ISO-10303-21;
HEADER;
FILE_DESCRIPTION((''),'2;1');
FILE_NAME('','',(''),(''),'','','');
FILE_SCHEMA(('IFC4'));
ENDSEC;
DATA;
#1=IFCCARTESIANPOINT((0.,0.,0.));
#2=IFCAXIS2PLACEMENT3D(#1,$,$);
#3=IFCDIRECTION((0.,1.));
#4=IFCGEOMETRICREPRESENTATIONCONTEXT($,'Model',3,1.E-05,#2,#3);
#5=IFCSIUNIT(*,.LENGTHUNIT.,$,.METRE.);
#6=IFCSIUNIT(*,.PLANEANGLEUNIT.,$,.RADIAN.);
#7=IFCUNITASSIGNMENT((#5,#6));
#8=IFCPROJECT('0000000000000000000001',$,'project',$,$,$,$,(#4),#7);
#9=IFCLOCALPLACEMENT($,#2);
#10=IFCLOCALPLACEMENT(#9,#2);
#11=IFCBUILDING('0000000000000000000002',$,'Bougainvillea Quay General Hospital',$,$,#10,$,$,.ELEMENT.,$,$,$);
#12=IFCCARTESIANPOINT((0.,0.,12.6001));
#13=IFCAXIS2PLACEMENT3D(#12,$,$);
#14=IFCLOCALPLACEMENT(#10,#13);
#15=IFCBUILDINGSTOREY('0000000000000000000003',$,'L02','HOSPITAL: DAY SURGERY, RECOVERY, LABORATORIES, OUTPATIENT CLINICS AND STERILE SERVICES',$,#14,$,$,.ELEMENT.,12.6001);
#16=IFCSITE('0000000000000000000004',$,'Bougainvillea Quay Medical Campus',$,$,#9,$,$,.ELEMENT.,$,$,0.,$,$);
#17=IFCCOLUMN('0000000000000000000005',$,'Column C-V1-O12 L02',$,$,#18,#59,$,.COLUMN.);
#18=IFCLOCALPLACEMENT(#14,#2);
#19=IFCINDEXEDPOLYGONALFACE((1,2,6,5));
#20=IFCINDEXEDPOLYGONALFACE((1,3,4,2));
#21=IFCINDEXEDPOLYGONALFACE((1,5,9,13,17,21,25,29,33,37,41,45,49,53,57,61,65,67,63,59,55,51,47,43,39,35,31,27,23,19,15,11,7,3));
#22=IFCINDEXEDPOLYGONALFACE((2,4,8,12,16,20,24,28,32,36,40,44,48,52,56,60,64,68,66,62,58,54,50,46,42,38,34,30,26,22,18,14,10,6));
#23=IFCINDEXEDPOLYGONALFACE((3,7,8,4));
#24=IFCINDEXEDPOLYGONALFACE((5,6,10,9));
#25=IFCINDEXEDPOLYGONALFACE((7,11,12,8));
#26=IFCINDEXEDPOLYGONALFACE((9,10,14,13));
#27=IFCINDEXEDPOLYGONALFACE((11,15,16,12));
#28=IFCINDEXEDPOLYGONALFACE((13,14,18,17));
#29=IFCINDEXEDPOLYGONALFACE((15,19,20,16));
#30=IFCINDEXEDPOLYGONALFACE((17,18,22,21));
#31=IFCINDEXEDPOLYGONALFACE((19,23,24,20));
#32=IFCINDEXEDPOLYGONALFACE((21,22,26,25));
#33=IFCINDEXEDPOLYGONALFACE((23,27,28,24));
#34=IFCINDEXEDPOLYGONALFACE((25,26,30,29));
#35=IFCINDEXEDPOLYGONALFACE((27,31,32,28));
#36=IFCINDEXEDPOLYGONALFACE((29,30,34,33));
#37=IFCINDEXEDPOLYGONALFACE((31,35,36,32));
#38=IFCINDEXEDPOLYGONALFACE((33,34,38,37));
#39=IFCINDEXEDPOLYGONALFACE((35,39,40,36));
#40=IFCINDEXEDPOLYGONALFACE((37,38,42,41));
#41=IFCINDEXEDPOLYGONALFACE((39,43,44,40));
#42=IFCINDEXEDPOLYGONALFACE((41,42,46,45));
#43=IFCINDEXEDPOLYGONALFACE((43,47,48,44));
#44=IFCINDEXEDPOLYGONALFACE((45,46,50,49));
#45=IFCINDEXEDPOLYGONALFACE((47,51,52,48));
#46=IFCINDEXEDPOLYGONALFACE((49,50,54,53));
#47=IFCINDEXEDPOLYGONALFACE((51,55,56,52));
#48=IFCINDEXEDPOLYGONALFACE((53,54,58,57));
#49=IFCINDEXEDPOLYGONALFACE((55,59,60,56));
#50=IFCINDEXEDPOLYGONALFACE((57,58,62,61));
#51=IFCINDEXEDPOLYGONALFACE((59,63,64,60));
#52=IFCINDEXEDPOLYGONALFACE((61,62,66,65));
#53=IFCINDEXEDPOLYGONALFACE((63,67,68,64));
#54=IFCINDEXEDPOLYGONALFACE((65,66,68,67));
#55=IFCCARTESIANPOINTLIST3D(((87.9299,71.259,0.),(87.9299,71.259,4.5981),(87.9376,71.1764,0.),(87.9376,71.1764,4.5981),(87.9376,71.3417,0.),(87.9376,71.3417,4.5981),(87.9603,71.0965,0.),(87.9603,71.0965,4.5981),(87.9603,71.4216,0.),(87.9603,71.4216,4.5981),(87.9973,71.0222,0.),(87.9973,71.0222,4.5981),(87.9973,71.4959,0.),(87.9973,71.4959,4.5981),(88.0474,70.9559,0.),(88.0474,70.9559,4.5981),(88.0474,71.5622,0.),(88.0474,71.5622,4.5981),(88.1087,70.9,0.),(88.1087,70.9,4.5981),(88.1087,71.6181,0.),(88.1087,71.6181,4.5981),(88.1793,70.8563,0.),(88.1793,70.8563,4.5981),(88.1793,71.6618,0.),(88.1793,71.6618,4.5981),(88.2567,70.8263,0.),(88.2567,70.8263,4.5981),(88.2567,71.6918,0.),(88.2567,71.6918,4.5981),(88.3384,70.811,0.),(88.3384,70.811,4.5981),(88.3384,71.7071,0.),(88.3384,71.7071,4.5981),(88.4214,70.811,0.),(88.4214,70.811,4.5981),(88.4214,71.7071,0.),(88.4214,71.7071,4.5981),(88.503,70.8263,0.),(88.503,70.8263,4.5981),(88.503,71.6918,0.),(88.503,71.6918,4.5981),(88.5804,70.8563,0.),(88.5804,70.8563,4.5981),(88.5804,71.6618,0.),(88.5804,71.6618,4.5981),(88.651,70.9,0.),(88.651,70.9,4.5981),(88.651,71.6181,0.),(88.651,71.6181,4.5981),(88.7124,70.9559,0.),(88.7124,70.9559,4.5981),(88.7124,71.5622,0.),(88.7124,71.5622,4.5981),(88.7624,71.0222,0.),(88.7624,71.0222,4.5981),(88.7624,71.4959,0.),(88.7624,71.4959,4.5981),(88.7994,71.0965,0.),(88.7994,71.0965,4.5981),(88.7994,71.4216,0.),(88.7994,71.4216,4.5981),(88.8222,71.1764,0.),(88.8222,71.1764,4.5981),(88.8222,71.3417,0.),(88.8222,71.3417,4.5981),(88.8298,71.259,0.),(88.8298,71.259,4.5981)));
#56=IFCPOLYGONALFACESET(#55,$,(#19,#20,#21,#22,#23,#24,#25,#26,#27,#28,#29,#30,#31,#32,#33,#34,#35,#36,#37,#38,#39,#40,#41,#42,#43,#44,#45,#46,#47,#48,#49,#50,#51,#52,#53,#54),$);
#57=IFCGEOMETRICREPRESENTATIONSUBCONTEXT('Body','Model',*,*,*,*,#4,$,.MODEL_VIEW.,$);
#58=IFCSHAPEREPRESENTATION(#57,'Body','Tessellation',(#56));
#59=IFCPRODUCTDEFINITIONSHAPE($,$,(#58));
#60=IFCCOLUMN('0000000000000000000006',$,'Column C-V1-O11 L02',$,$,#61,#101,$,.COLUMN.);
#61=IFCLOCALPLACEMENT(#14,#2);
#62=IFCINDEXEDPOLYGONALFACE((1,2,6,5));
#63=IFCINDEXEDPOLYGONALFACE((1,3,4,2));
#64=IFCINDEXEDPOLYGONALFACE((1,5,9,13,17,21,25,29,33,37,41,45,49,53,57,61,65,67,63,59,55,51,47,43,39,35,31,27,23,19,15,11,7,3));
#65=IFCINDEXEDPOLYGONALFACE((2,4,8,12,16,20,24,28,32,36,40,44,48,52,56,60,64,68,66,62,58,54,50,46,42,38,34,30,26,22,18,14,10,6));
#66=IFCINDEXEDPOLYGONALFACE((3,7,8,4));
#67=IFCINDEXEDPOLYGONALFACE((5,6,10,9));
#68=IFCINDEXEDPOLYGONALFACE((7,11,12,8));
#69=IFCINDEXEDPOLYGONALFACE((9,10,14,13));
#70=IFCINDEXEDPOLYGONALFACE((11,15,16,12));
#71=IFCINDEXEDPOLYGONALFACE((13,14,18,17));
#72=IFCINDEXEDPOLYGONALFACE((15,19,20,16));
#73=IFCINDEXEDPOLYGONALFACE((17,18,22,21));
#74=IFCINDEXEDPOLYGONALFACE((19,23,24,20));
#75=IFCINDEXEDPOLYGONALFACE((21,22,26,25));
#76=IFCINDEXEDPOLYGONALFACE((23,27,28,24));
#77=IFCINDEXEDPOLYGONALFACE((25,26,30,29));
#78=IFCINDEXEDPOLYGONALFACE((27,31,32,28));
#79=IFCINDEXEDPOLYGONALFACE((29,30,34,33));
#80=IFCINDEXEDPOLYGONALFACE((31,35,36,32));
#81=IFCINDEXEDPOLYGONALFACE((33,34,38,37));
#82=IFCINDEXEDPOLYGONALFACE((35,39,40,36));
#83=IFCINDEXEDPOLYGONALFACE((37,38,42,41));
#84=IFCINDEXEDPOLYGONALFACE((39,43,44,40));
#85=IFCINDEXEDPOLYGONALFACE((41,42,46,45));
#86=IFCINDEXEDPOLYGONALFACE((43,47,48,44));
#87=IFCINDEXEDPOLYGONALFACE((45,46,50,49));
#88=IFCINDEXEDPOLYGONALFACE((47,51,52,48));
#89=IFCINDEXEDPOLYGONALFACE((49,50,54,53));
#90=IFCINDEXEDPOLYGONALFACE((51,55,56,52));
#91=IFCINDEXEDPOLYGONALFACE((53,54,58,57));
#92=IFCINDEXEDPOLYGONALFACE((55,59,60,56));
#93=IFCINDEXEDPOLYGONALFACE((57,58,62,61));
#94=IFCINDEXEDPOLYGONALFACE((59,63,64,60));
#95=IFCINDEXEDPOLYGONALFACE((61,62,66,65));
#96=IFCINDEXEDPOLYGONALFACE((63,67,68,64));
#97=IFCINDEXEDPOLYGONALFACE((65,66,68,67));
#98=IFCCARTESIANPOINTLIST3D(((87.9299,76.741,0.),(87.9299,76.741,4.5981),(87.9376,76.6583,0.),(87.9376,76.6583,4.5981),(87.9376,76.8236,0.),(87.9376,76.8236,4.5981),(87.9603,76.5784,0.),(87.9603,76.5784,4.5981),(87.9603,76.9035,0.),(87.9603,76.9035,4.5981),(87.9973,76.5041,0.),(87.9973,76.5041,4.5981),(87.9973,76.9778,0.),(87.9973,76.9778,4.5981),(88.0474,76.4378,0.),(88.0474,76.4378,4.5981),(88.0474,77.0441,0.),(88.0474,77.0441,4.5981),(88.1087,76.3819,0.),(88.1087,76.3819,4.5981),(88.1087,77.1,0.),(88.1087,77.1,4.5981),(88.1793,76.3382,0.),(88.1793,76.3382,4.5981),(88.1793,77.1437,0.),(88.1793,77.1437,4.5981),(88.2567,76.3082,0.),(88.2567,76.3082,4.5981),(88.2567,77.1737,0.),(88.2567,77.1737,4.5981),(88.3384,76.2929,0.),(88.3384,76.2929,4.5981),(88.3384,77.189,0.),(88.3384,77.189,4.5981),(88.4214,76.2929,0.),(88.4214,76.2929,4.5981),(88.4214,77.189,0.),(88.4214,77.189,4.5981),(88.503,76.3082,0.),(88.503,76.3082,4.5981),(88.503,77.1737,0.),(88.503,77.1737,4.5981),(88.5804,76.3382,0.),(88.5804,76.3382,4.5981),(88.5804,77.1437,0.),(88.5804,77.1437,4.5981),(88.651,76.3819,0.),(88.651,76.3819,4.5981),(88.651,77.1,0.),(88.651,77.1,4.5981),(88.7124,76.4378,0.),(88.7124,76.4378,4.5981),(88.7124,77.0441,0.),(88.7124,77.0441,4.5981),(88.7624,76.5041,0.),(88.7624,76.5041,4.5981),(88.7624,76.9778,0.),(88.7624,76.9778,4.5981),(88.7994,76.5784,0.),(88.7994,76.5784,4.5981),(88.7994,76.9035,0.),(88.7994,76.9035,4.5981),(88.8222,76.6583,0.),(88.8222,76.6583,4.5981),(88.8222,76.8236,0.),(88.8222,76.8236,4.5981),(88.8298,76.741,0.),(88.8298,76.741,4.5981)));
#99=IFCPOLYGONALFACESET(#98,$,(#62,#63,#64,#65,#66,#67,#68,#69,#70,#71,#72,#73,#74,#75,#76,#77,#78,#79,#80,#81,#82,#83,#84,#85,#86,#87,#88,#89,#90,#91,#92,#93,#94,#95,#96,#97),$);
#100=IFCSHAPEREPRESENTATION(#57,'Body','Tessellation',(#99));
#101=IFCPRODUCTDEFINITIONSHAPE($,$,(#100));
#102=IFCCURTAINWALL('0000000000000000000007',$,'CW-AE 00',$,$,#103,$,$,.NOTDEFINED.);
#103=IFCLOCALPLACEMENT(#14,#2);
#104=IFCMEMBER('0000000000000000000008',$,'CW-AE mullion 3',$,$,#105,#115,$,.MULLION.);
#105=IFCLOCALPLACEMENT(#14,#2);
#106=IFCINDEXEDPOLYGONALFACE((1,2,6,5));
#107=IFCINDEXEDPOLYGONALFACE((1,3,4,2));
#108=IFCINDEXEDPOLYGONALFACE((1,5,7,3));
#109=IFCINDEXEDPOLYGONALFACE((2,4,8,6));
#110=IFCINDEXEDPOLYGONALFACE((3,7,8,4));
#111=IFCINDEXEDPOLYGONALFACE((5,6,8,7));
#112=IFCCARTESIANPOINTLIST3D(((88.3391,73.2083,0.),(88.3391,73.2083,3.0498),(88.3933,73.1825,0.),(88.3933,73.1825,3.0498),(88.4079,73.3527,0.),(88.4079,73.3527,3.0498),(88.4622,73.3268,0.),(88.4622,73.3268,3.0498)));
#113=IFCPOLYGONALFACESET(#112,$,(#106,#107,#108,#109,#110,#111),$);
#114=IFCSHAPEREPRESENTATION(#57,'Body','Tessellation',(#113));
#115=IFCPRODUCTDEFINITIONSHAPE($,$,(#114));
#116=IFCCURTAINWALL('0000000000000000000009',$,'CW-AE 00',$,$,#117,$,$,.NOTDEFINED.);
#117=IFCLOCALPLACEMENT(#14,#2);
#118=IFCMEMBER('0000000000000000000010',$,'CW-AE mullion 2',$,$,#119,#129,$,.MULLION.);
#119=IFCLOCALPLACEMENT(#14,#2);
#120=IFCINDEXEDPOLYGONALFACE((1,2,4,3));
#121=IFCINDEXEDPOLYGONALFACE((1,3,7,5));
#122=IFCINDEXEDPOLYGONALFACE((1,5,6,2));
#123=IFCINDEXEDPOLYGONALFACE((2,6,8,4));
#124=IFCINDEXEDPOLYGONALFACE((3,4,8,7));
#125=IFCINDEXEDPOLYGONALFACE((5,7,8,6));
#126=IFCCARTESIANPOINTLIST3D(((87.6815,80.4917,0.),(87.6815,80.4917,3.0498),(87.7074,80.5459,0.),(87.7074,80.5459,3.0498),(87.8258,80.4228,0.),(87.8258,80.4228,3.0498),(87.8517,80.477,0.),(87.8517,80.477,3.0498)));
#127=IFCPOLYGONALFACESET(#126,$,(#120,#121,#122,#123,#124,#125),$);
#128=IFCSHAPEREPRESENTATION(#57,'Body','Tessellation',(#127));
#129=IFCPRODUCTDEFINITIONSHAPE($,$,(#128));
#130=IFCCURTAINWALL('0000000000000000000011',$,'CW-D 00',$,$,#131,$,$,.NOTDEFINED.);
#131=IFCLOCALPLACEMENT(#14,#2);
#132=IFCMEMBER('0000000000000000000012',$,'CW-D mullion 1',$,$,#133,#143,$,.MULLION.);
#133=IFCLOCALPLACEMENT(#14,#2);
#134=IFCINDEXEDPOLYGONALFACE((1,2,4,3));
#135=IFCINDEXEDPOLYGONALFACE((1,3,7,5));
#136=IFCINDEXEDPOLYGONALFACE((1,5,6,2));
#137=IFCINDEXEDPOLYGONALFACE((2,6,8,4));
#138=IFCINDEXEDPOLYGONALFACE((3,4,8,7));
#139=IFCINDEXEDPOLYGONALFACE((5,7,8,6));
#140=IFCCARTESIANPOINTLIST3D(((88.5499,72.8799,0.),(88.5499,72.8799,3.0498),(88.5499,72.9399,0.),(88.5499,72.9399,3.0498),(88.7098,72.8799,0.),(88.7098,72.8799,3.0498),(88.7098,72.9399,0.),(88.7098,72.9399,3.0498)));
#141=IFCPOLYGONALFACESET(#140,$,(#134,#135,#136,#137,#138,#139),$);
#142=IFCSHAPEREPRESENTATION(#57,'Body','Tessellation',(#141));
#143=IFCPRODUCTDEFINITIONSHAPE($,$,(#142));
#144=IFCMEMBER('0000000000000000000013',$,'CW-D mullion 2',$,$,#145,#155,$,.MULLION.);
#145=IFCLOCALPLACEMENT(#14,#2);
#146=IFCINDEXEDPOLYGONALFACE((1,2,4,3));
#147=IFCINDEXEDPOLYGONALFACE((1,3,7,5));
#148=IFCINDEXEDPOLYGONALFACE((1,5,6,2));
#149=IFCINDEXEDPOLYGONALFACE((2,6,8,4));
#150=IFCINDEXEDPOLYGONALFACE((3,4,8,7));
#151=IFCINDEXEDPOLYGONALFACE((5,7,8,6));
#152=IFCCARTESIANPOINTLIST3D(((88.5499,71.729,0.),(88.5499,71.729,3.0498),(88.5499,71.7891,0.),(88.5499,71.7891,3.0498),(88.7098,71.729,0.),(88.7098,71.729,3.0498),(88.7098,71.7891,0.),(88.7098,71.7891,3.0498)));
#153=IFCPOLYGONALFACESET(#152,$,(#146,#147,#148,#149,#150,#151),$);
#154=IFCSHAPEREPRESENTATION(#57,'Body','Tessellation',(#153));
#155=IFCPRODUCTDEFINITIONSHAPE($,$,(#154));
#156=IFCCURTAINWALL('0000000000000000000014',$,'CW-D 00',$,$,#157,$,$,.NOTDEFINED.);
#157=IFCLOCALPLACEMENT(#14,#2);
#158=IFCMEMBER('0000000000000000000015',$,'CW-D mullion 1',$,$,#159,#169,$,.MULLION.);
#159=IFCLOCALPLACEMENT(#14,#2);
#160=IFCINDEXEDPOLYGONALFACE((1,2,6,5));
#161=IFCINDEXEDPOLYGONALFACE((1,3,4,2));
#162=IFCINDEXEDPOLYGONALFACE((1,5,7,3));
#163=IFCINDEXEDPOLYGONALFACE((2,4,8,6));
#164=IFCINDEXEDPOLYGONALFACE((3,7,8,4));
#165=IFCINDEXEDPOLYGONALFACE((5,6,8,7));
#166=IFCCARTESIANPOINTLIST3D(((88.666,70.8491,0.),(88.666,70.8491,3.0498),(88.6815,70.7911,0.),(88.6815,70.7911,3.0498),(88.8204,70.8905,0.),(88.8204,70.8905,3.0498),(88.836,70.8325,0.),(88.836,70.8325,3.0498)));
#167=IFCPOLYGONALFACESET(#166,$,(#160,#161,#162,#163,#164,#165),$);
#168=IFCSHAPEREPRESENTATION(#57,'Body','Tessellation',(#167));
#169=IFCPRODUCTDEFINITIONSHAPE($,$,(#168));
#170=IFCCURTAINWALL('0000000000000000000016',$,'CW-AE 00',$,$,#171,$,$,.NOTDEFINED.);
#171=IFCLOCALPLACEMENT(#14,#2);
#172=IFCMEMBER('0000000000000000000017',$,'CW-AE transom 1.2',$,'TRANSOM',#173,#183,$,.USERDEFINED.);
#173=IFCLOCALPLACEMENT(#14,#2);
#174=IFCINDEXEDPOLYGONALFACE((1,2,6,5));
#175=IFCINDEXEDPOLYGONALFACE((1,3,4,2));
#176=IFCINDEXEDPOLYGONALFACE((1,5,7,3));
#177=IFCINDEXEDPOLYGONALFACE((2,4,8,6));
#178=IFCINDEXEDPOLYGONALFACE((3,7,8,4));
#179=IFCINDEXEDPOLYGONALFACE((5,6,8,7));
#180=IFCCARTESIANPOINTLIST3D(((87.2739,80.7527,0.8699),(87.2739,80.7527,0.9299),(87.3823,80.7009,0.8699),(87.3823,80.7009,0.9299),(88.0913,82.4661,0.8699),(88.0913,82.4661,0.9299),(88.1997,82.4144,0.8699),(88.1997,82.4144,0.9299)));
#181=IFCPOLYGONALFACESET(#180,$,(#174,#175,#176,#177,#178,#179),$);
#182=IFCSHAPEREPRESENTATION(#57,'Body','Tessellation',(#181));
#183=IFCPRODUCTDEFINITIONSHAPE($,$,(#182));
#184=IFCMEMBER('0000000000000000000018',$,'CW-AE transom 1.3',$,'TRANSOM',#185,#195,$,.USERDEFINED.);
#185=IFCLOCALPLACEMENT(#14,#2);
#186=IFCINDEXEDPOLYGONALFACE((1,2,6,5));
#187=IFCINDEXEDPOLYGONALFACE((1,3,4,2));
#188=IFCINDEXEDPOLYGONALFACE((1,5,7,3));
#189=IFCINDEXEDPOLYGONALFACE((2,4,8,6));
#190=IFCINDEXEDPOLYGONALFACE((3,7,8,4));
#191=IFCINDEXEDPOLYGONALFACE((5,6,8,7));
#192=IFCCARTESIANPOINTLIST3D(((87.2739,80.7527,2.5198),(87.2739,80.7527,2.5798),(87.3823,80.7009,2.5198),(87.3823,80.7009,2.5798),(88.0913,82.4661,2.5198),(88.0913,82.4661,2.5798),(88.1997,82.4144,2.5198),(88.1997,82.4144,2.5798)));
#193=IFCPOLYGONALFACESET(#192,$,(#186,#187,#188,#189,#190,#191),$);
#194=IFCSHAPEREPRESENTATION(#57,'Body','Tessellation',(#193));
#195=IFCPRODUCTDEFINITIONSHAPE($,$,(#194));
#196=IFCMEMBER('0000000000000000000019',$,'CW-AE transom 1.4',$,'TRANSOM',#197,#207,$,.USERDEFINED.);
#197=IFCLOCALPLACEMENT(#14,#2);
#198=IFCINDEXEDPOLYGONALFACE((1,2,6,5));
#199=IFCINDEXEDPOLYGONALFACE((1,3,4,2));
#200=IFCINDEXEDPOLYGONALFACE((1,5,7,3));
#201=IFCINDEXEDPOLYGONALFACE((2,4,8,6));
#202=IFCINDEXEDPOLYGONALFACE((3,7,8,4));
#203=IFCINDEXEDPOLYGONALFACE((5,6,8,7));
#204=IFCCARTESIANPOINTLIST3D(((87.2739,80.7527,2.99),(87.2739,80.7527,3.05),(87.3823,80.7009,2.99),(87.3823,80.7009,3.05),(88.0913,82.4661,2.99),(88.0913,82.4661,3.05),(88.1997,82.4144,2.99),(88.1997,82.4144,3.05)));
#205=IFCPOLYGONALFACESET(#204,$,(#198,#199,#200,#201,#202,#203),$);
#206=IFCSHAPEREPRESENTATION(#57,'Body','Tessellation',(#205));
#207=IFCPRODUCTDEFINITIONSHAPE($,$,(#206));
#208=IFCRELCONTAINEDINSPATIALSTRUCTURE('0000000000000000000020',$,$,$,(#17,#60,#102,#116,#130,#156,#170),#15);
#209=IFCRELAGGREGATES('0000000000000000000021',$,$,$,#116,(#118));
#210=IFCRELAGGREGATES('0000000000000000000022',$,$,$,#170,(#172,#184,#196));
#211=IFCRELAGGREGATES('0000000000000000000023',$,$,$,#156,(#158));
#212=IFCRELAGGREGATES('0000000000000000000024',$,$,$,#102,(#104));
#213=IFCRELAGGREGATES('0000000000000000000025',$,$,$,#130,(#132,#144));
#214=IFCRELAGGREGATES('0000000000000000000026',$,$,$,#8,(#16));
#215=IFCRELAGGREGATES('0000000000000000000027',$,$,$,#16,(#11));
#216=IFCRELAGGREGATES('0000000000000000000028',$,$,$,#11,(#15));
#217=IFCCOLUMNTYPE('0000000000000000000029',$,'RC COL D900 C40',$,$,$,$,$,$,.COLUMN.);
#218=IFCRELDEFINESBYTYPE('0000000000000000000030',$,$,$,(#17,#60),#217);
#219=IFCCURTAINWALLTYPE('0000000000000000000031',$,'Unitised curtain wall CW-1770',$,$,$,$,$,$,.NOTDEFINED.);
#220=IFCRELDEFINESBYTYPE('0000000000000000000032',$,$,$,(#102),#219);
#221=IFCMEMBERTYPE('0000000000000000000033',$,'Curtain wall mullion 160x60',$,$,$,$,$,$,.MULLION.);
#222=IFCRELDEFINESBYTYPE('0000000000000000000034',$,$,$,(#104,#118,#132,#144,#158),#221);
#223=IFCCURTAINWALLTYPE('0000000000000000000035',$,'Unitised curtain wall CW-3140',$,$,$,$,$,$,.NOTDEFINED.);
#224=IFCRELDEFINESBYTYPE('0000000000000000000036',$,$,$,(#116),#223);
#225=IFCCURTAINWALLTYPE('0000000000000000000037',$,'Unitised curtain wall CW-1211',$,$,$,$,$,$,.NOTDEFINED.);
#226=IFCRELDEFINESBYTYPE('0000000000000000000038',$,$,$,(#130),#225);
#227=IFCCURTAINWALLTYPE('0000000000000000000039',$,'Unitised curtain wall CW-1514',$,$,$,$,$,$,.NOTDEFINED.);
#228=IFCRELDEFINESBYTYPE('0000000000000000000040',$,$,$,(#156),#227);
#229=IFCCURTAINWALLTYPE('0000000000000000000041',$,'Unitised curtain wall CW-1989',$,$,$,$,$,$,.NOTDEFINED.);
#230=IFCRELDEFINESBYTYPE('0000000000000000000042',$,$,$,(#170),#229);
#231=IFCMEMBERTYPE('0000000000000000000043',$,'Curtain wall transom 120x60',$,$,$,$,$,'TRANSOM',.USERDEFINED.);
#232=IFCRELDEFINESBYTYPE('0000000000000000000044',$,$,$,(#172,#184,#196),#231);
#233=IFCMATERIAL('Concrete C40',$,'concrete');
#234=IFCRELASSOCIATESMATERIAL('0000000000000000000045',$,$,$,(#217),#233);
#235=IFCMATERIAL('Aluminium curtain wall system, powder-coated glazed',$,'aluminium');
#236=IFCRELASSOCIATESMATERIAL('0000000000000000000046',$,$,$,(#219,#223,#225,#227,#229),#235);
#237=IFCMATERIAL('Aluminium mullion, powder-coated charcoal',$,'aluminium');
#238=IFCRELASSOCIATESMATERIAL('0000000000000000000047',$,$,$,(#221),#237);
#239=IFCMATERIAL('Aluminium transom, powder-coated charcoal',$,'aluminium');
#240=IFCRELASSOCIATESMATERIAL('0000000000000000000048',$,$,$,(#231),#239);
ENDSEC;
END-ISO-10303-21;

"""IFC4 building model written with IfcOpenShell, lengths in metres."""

from ifc_helpers import new_model, si_unit, direction, frame, origin, origin_2d, place, context, subcontext, project, spatial, rectangle, circle, extrude, material, material_profile, profile_set, type_object, element, aggregate, save


model = new_model("IFC4")

# Units and contexts
model_context = context("Model", 3, precision=1e-05, world=origin(), true_north=direction((0.0, 1.0)))
body_context = subcontext(model_context, "Body", "Model", "MODEL_VIEW")
ifc_project = project(units=[si_unit("LENGTHUNIT", "METRE"), si_unit("PLANEANGLEUNIT", "RADIAN")], contexts=[model_context])

# Site, building, storey
site_placement = place(None, origin())
site = spatial("IfcSite", under=ifc_project, at=site_placement, Name="Bougainvillea Quay Medical Campus", CompositionType="ELEMENT", RefElevation=0.0)
building_placement = place(site_placement, origin())
building = spatial("IfcBuilding", under=site, at=building_placement, Name="Bougainvillea Quay General Hospital", CompositionType="ELEMENT")
storey_placement = place(building_placement, frame((0.0, 0.0, 12.6001)))
storey = spatial("IfcBuildingStorey", under=building, at=storey_placement, Name="L02", Description="HOSPITAL: DAY SURGERY, RECOVERY, LABORATORIES, OUTPATIENT CLINICS AND STERILE SERVICES", CompositionType="ELEMENT", Elevation=12.6001)

# Columns
ifc_material_1 = material(Name="Concrete C40", Category="concrete")
ifc_material_profile_1 = material_profile(ifc_material_1, circle(Radius=0.45, at=origin_2d()))
ifc_profile_set_1 = profile_set([ifc_material_profile_1], Name="Concrete C40")
column_type = type_object("IfcColumnType", Name="RC COL D900 C40", PredefinedType="COLUMN", material=ifc_profile_set_1)
for number, where, z_axis, x_axis, name in (
    (1, (88.3799, 71.259, 0.0), (0.0, 0.0, 1.0), (1.0, 0.0, 0.0), "Column C-V1-O12 L02"),
    (2, (88.3799, 76.741, 0.0), (0.0, 0.0, 1.0), (1.0, 0.0, 0.0), "Column C-V1-O11 L02"),
):
    element("IfcColumn", number, at=place(storey_placement, frame(where, z_axis=z_axis, x_axis=x_axis)), inside=storey, type_object=column_type, Name=name, PredefinedType="COLUMN", context=body_context, shape_type="SweptSolid", body=[
        extrude(circle(Radius=0.45, at=origin_2d()), origin(), (0.0, 0.0, 1.0), 4.5981),
    ])

# Curtain walls, members
ifc_material_2 = material(Name="Aluminium curtain wall system, powder-coated glazed", Category="aluminium")
curtain_wall_type_1 = type_object("IfcCurtainWallType", Name="Unitised curtain wall CW-1770", PredefinedType="NOTDEFINED", material=ifc_material_2)
curtain_wall_1_placement = place(storey_placement, origin())
curtain_wall_1 = element("IfcCurtainWall", 3, at=curtain_wall_1_placement, inside=storey, type_object=curtain_wall_type_1, Name="CW-AE 00", PredefinedType="NOTDEFINED")
ifc_material_3 = material(Name="Aluminium mullion, powder-coated charcoal", Category="aluminium")
ifc_material_profile_2 = material_profile(ifc_material_3, rectangle(XDim=0.1599, YDim=0.0601, at=origin_2d()))
ifc_profile_set_2 = profile_set([ifc_material_profile_2], Name="Aluminium mullion, powder-coated charcoal")
member_type_1 = type_object("IfcMemberType", Name="Curtain wall mullion 160x60", PredefinedType="MULLION", material=ifc_profile_set_2)
member_1_placement = place(storey_placement, frame((88.4006, 73.2676, 0.0), z_axis=(0.0, 0.0, 1.0), x_axis=(0.430463, 0.902608, 0.0)))
member_1 = element("IfcMember", 4, at=member_1_placement, type_object=member_type_1, Name="CW-AE mullion 3", PredefinedType="MULLION", context=body_context, shape_type="SweptSolid", body=[
    extrude(rectangle(XDim=0.1599, YDim=0.0601, at=origin_2d()), origin(), (0.0, 0.0, 1.0), 3.0498),
])
curtain_wall_type_2 = type_object("IfcCurtainWallType", Name="Unitised curtain wall CW-3140", PredefinedType="NOTDEFINED", material=ifc_material_2)
curtain_wall_2_placement = place(storey_placement, origin())
curtain_wall_2 = element("IfcCurtainWall", 5, at=curtain_wall_2_placement, inside=storey, type_object=curtain_wall_type_2, Name="CW-AE 00", PredefinedType="NOTDEFINED")
member_2_placement = place(storey_placement, frame((87.7666, 80.4844, 0.0), z_axis=(0.0, 0.0, 1.0), x_axis=(0.902495, -0.4307, 0.0)))
member_2 = element("IfcMember", 6, at=member_2_placement, type_object=member_type_1, Name="CW-AE mullion 2", PredefinedType="MULLION", context=body_context, shape_type="SweptSolid", body=[
    extrude(rectangle(XDim=0.1599, YDim=0.0601, at=origin_2d()), origin(), (0.0, 0.0, 1.0), 3.0498),
])
aggregate(curtain_wall_2, [member_2])

# Curtain wall, members
curtain_wall_type_3 = type_object("IfcCurtainWallType", Name="Unitised curtain wall CW-1211", PredefinedType="NOTDEFINED", material=ifc_material_2)
curtain_wall_3_placement = place(storey_placement, origin())
curtain_wall_3 = element("IfcCurtainWall", 7, at=curtain_wall_3_placement, inside=storey, type_object=curtain_wall_type_3, Name="CW-D 00", PredefinedType="NOTDEFINED")
member_3_placement = place(storey_placement, frame((88.6299, 72.9099, 0.0), z_axis=(0.0, 0.0, 1.0), x_axis=(1.0, 0.0, 0.0)))
member_3 = element("IfcMember", 8, at=member_3_placement, type_object=member_type_1, Name="CW-D mullion 1", PredefinedType="MULLION", context=body_context, shape_type="SweptSolid", body=[
    extrude(rectangle(XDim=0.1599, YDim=0.0601, at=origin_2d()), origin(), (0.0, 0.0, 1.0), 3.0498),
])
member_4_placement = place(storey_placement, frame((88.6299, 71.759, 0.0), z_axis=(0.0, 0.0, 1.0), x_axis=(1.0, 0.0, 0.0)))
member_4 = element("IfcMember", 9, at=member_4_placement, type_object=member_type_1, Name="CW-D mullion 2", PredefinedType="MULLION", context=body_context, shape_type="SweptSolid", body=[
    extrude(rectangle(XDim=0.1599, YDim=0.0601, at=origin_2d()), origin(), (0.0, 0.0, 1.0), 3.0498),
])

# Curtain wall, member
curtain_wall_type_4 = type_object("IfcCurtainWallType", Name="Unitised curtain wall CW-1514", PredefinedType="NOTDEFINED", material=ifc_material_2)
curtain_wall_4_placement = place(storey_placement, origin())
curtain_wall_4 = element("IfcCurtainWall", 10, at=curtain_wall_4_placement, inside=storey, type_object=curtain_wall_type_4, Name="CW-D 00", PredefinedType="NOTDEFINED")
member_5_placement = place(storey_placement, frame((88.751, 70.8408, 0.0), z_axis=(0.0, 0.0, 1.0), x_axis=(0.965916, 0.258855, 0.0)))
member_5 = element("IfcMember", 11, at=member_5_placement, type_object=member_type_1, Name="CW-D mullion 1", PredefinedType="MULLION", context=body_context, shape_type="SweptSolid", body=[
    extrude(rectangle(XDim=0.1599, YDim=0.0601, at=origin_2d()), origin(), (0.0, 0.0, 1.0), 3.0498),
])

# Curtain wall, members
curtain_wall_type_5 = type_object("IfcCurtainWallType", Name="Unitised curtain wall CW-1989", PredefinedType="NOTDEFINED", material=ifc_material_2)
curtain_wall_5_placement = place(storey_placement, origin())
curtain_wall_5 = element("IfcCurtainWall", 12, at=curtain_wall_5_placement, inside=storey, type_object=curtain_wall_type_5, Name="CW-AE 00", PredefinedType="NOTDEFINED")
ifc_material_4 = material(Name="Aluminium transom, powder-coated charcoal", Category="aluminium")
ifc_material_profile_3 = material_profile(ifc_material_4, rectangle(XDim=0.1201, YDim=0.0601, at=origin_2d()))
ifc_profile_set_3 = profile_set([ifc_material_profile_3], Name="Aluminium transom, powder-coated charcoal")
member_type_2 = type_object("IfcMemberType", Name="Curtain wall transom 120x60", ElementType="TRANSOM", PredefinedType="USERDEFINED", material=ifc_profile_set_3)
member_6_placement = place(storey_placement, frame((87.3281, 80.7268, 0.8999), z_axis=(0.430572, 0.902556, 0.0), x_axis=(-0.902556, 0.430572, 0.0)))
member_6 = element("IfcMember", 13, at=member_6_placement, type_object=member_type_2, Name="CW-AE transom 1.2", ObjectType="TRANSOM", PredefinedType="USERDEFINED", context=body_context, shape_type="SweptSolid", body=[
    extrude(rectangle(XDim=0.1201, YDim=0.0601, at=origin_2d()), origin(), (0.0, 0.0, 1.0), 1.8984),
])
member_7_placement = place(storey_placement, frame((87.3281, 80.7268, 2.5498), z_axis=(0.430572, 0.902556, 0.0), x_axis=(-0.902556, 0.430572, 0.0)))
member_7 = element("IfcMember", 14, at=member_7_placement, type_object=member_type_2, Name="CW-AE transom 1.3", ObjectType="TRANSOM", PredefinedType="USERDEFINED", context=body_context, shape_type="SweptSolid", body=[
    extrude(rectangle(XDim=0.1201, YDim=0.0601, at=origin_2d()), origin(), (0.0, 0.0, 1.0), 1.8984),
])
member_8_placement = place(storey_placement, frame((87.3281, 80.7268, 3.02), z_axis=(0.430572, 0.902556, 0.0), x_axis=(-0.902556, 0.430572, 0.0)))
member_8 = element("IfcMember", 15, at=member_8_placement, type_object=member_type_2, Name="CW-AE transom 1.4", ObjectType="TRANSOM", PredefinedType="USERDEFINED", context=body_context, shape_type="SweptSolid", body=[
    extrude(rectangle(XDim=0.1201, YDim=0.0601, at=origin_2d()), origin(), (0.0, 0.0, 1.0), 1.8984),
])
aggregate(curtain_wall_5, [member_6, member_7, member_8])

aggregate(curtain_wall_4, [member_5])

aggregate(curtain_wall_1, [member_1])
aggregate(curtain_wall_3, [member_3, member_4])

save(model, "model.ifc")
